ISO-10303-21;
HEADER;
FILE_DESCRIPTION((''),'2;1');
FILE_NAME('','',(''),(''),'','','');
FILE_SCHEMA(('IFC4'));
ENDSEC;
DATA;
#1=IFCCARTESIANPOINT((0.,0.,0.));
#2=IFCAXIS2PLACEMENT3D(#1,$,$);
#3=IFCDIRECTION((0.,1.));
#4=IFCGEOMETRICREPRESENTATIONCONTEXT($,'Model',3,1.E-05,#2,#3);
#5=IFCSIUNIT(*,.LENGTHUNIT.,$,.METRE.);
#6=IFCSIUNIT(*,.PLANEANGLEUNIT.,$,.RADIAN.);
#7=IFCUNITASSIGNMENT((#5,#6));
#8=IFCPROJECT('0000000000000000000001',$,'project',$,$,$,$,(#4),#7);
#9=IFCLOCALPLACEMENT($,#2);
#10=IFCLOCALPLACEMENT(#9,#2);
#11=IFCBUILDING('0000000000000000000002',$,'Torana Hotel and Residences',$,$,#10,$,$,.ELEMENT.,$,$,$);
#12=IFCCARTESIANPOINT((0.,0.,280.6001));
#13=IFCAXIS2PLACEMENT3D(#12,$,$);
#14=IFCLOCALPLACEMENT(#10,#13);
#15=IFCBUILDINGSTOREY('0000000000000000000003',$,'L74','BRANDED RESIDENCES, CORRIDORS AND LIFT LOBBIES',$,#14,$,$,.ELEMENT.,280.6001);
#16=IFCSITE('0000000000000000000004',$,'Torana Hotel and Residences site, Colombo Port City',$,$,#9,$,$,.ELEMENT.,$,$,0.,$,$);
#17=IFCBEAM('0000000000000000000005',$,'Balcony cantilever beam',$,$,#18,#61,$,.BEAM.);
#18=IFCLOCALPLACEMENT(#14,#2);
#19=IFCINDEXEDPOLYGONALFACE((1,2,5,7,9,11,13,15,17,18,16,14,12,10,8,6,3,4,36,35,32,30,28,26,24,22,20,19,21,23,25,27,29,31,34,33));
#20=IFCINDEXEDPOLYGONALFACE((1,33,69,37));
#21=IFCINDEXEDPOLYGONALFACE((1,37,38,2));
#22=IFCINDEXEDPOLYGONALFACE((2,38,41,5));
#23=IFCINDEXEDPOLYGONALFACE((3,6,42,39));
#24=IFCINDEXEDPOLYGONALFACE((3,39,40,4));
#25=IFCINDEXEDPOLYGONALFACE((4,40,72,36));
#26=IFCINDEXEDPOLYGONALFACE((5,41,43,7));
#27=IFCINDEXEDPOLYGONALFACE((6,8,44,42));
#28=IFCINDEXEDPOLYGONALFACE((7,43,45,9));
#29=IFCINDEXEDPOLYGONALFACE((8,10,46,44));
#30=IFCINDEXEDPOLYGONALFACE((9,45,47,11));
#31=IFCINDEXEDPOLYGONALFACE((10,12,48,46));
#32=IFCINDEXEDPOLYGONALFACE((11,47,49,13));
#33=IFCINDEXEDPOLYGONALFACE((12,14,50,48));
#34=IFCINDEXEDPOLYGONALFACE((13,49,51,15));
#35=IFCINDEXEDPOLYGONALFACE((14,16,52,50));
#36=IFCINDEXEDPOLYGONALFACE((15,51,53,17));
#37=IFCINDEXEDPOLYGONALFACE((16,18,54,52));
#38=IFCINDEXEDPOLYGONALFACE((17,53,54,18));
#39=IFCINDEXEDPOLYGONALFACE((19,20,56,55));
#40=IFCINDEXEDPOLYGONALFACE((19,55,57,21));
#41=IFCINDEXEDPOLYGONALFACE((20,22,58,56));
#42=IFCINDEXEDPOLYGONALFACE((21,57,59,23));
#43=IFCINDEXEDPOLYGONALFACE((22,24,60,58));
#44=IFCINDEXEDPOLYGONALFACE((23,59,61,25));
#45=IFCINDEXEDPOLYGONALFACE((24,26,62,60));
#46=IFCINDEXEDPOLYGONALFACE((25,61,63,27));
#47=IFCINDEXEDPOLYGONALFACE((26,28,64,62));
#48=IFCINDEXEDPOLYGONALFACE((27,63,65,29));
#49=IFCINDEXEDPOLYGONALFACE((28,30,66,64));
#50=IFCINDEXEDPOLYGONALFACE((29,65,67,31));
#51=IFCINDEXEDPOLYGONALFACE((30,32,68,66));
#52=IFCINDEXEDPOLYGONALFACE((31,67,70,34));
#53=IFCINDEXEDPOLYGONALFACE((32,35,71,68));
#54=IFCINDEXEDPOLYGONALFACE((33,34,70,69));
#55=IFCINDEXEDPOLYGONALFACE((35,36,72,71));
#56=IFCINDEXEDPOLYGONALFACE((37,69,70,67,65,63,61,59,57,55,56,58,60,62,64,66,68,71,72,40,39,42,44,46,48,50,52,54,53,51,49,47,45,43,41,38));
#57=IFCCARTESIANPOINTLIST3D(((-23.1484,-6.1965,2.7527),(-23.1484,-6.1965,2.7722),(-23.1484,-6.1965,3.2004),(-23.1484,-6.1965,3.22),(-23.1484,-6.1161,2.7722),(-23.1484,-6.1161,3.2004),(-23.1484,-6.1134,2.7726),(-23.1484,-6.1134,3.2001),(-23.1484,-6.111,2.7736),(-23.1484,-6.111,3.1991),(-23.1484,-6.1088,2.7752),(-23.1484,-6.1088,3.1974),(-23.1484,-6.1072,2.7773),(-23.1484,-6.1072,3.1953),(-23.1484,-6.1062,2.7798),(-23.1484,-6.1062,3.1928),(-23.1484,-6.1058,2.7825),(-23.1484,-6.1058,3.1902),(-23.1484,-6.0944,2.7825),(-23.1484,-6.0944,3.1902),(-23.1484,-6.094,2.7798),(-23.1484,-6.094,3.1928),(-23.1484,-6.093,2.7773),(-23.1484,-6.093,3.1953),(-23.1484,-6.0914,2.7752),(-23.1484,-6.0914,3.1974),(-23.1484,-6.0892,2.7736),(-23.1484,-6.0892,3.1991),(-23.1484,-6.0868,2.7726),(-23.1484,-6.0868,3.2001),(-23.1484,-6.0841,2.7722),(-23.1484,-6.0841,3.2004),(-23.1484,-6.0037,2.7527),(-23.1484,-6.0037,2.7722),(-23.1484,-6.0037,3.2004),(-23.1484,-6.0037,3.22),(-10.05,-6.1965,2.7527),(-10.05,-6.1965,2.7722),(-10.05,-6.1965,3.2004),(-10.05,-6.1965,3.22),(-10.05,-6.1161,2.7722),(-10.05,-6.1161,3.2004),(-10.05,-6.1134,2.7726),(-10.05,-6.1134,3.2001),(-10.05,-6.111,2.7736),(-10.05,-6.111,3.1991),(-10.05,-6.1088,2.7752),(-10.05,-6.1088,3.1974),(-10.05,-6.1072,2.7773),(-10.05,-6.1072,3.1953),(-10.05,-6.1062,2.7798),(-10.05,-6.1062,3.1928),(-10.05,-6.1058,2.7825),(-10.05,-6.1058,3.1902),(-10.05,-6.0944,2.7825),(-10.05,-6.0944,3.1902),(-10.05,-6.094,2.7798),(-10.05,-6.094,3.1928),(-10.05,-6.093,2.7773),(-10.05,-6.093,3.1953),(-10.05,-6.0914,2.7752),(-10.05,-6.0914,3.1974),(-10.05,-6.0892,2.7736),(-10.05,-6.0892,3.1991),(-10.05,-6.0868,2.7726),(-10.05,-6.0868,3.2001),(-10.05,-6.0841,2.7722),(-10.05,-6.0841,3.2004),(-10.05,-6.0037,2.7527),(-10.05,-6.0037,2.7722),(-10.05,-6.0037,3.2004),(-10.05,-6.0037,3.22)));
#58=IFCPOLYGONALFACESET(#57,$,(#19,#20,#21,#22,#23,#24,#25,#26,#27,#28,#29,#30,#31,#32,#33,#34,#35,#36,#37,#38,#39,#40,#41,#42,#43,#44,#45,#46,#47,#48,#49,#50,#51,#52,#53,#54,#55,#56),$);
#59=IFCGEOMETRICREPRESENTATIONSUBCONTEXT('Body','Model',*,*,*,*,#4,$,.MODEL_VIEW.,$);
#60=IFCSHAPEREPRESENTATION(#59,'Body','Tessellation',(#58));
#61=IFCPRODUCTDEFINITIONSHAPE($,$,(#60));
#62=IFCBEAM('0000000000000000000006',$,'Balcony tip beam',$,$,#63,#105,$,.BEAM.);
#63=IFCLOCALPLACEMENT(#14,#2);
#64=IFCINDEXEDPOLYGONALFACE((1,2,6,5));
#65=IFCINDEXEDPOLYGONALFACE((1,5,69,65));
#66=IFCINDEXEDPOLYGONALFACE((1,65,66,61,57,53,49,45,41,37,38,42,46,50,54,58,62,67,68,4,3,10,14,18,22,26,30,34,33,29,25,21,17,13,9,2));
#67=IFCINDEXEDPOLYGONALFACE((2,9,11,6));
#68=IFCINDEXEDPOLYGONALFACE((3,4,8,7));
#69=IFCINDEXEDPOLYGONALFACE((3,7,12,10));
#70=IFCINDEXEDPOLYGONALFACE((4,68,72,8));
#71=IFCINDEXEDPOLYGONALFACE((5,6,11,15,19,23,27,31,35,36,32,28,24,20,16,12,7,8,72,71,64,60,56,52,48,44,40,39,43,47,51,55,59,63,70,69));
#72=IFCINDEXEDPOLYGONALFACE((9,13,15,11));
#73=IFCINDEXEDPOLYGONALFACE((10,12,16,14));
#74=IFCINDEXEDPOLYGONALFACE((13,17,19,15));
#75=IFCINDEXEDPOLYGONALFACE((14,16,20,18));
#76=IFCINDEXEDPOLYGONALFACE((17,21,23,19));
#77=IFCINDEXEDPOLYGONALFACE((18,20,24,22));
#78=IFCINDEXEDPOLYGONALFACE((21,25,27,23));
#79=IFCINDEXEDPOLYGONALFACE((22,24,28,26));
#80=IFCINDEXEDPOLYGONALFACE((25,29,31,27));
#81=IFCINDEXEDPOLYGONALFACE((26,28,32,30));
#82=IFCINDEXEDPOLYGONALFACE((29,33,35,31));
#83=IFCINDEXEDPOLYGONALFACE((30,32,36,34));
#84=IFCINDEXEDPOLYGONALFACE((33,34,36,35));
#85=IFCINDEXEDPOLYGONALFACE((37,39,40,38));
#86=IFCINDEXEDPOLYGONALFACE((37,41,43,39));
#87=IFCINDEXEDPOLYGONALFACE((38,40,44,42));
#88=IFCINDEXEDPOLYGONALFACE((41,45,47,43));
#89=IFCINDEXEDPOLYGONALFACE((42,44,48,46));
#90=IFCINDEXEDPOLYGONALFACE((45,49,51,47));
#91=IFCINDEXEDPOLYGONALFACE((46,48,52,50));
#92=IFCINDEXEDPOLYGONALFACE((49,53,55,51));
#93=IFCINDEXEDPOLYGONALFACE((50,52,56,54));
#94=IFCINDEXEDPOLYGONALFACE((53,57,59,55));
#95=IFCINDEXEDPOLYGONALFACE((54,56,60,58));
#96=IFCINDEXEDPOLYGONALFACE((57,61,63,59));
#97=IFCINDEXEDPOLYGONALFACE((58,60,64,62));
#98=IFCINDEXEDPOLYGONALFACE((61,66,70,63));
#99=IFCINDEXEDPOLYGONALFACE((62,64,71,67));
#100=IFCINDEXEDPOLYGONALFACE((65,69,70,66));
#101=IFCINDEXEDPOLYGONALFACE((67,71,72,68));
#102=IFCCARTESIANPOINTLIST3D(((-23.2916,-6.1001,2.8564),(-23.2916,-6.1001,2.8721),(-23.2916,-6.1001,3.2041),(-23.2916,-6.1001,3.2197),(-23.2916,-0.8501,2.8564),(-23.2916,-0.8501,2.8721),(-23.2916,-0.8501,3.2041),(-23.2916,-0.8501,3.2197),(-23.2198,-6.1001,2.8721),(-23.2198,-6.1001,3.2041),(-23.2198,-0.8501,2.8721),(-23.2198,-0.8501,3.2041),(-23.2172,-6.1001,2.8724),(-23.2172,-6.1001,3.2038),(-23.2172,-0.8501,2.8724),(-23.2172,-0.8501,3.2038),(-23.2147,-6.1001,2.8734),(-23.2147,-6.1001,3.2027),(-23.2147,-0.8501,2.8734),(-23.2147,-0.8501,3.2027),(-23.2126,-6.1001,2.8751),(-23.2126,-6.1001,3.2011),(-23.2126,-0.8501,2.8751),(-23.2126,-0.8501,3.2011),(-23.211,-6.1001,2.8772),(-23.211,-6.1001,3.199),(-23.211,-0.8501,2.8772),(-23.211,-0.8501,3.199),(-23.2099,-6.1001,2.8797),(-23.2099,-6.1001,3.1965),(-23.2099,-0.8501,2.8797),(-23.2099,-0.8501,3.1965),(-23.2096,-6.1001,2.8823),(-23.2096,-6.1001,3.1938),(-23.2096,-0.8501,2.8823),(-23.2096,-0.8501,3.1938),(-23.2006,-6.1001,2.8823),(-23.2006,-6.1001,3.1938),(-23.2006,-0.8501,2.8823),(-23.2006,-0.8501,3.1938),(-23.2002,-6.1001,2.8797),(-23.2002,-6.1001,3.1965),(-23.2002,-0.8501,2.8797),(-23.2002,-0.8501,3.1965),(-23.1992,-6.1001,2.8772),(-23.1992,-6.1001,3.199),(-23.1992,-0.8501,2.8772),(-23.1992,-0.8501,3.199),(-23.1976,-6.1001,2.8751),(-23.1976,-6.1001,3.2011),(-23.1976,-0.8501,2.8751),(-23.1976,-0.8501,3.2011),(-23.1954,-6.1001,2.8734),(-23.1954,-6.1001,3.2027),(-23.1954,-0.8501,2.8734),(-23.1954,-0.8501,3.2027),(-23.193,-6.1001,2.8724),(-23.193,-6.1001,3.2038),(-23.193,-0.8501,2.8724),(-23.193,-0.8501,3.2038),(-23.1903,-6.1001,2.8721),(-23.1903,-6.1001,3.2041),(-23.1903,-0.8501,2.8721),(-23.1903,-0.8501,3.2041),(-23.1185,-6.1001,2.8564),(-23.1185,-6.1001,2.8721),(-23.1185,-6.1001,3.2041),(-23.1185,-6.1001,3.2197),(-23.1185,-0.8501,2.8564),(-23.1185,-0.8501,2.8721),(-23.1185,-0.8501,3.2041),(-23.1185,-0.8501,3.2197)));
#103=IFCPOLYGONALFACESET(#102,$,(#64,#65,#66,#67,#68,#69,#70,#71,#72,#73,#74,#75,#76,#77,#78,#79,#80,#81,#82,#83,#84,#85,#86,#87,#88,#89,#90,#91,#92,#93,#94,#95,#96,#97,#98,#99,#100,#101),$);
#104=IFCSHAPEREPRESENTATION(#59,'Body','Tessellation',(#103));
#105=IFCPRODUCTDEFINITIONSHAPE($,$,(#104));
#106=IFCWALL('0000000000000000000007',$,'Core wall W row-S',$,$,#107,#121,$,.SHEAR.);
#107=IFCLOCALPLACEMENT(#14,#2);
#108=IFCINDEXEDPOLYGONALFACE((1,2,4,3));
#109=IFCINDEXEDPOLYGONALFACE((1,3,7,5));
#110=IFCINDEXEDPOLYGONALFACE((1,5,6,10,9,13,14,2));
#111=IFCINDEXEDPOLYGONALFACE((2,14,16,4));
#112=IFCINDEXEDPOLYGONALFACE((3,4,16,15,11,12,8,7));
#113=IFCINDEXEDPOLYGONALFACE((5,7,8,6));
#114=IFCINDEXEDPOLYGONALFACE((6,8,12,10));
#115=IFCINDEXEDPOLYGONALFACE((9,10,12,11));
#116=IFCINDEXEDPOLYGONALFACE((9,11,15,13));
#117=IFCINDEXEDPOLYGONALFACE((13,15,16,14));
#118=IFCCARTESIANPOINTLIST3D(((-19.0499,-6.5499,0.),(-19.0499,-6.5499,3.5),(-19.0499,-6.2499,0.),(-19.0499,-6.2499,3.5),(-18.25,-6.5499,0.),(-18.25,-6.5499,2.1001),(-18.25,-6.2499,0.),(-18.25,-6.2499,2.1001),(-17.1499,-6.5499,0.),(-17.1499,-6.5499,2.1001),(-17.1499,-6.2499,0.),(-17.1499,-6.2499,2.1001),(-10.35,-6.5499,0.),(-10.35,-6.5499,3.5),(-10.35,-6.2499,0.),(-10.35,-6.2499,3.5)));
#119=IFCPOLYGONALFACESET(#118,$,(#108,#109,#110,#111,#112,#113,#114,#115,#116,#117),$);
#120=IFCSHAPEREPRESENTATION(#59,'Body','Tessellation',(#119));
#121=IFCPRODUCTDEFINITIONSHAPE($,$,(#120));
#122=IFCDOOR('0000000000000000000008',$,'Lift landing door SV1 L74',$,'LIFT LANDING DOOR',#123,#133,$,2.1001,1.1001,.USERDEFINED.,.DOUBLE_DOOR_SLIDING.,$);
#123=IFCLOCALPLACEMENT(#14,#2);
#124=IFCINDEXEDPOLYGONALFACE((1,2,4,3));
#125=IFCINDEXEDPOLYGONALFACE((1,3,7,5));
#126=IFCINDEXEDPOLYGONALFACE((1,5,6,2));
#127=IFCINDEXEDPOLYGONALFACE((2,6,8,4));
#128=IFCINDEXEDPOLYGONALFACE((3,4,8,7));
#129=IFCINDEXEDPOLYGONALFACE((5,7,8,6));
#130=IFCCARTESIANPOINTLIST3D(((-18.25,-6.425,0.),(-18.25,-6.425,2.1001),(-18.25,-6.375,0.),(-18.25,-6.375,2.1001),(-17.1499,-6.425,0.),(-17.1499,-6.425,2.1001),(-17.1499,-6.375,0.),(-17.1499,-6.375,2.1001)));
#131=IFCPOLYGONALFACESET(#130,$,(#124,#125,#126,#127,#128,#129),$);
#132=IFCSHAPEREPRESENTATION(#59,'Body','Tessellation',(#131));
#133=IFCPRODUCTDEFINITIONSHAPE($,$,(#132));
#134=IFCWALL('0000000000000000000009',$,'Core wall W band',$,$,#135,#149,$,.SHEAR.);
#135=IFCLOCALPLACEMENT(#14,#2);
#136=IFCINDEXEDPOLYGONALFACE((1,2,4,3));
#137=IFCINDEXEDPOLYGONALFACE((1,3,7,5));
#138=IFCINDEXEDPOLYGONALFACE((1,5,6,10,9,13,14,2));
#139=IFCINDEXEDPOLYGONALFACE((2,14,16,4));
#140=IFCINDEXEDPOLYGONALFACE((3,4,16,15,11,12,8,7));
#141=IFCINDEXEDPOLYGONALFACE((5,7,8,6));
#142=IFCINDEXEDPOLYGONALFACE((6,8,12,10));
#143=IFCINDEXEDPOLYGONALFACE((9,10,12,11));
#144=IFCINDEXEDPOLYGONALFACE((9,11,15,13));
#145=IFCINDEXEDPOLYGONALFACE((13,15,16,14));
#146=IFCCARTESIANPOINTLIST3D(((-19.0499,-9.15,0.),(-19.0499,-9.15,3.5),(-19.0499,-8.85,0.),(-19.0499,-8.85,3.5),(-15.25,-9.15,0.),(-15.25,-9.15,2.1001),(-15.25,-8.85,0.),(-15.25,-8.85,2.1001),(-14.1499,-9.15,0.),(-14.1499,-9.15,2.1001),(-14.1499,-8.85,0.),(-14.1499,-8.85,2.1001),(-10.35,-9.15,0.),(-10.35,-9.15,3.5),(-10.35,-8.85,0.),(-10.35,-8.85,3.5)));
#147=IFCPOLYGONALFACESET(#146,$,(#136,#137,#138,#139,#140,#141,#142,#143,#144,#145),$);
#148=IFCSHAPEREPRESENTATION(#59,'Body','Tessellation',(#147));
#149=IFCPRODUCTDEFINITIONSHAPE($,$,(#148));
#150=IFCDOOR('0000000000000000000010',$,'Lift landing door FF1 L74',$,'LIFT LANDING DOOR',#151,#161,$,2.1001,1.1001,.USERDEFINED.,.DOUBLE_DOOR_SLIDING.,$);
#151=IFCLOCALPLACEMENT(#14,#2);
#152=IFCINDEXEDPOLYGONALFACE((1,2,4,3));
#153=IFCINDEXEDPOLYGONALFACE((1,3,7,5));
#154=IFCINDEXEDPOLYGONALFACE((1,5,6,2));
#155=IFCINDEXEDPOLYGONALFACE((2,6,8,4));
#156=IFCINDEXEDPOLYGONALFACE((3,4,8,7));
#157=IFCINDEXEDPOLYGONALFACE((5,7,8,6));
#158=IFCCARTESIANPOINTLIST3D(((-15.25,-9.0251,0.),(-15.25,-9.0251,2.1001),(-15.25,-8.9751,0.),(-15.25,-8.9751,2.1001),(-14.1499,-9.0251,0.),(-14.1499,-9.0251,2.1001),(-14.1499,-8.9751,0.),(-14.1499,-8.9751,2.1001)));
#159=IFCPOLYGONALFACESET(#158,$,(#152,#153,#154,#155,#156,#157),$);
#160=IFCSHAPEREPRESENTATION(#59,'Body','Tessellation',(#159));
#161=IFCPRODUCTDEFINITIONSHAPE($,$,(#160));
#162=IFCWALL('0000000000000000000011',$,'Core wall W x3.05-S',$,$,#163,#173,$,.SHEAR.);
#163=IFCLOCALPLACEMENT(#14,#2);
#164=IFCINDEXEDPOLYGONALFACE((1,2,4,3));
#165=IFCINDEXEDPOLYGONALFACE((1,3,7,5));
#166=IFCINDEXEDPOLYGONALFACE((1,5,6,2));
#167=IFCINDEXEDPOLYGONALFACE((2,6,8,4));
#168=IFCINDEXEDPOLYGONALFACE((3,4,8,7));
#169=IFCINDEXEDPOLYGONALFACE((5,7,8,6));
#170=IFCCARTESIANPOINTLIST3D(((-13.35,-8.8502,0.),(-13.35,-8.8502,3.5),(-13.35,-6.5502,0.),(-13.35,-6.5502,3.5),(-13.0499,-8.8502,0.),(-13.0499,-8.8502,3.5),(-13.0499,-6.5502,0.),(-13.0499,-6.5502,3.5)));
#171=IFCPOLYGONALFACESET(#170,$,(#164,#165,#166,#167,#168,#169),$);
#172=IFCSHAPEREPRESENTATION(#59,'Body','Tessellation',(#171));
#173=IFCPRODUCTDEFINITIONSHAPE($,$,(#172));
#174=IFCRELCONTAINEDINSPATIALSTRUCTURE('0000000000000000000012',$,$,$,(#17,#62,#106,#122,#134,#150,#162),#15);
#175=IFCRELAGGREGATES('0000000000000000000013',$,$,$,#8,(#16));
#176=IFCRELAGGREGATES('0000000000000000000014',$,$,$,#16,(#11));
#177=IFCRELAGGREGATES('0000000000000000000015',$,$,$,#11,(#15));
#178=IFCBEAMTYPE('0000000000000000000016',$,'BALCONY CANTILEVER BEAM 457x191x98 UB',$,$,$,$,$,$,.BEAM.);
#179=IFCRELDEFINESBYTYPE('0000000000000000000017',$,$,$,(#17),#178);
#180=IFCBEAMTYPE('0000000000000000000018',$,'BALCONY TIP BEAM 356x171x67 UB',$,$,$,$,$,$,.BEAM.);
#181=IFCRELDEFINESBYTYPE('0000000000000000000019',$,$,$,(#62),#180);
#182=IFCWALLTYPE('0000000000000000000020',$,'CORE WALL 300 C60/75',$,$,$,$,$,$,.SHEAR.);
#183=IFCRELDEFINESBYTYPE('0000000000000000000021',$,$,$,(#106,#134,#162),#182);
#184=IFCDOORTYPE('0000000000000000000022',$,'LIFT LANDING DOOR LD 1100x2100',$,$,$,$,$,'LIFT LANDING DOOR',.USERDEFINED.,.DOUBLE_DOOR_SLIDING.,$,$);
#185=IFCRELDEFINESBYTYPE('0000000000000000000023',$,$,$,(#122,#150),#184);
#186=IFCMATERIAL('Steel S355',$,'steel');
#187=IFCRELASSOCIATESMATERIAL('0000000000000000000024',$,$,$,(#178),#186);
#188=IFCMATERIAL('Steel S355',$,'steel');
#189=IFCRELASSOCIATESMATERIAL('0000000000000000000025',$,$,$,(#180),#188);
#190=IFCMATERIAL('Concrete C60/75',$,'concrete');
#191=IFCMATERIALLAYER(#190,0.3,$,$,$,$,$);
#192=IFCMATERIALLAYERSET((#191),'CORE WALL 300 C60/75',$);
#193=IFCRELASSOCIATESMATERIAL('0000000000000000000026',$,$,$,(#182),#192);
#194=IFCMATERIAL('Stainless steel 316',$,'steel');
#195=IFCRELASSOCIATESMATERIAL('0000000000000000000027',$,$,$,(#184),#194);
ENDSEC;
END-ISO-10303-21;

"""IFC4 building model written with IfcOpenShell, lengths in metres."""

from ifc_helpers import new_model, si_unit, direction, frame, frame_2d, origin, origin_2d, place, context, subcontext, project, spatial, rectangle, i_section, extrude, material, layer, layer_set, material_profile, profile_set, type_object, element, fill, save


model = new_model("IFC4")

# Units and contexts
model_context = context("Model", 3, precision=1e-05, world=origin(), true_north=direction((0.0, 1.0)))
body_context = subcontext(model_context, "Body", "Model", "MODEL_VIEW")
ifc_project = project(units=[si_unit("LENGTHUNIT", "METRE"), si_unit("PLANEANGLEUNIT", "RADIAN")], contexts=[model_context])

# Site, building, storey
site_placement = place(None, origin())
site = spatial("IfcSite", under=ifc_project, at=site_placement, Name="Torana Hotel and Residences site, Colombo Port City", CompositionType="ELEMENT", RefElevation=0.0)
building_placement = place(site_placement, origin())
building = spatial("IfcBuilding", under=site, at=building_placement, Name="Torana Hotel and Residences", CompositionType="ELEMENT")
storey_placement = place(building_placement, frame((0.0, 0.0, 280.6001)))
storey = spatial("IfcBuildingStorey", under=building, at=storey_placement, Name="L74", Description="BRANDED RESIDENCES, CORRIDORS AND LIFT LOBBIES", CompositionType="ELEMENT", Elevation=280.6001)

# Beams
ifc_material_1 = material(Name="Steel S355", Category="steel")
ifc_material_profile_1 = material_profile(ifc_material_1, i_section(OverallWidth=0.1929, OverallDepth=0.4673, WebThickness=0.0115, FlangeThickness=0.0195, FilletRadius=0.0103, at=origin_2d()), Name="457x191x98 UB")
ifc_profile_set_1 = profile_set([ifc_material_profile_1], Name="Steel S355")
beam_type_1 = type_object("IfcBeamType", Name="BALCONY CANTILEVER BEAM 457x191x98 UB", PredefinedType="BEAM", material=ifc_profile_set_1)
beam_1_placement = place(storey_placement, frame((-23.1484, -6.1001, 2.9863), z_axis=(1.0, 0.0, 0.0), x_axis=(0.0, 1.0, 0.0)))
element("IfcBeam", 1, at=beam_1_placement, inside=storey, type_object=beam_type_1, Name="Balcony cantilever beam", PredefinedType="BEAM", context=body_context, shape_type="SweptSolid", body=[
    extrude(i_section(OverallWidth=0.1929, OverallDepth=0.4673, WebThickness=0.0115, FlangeThickness=0.0195, FilletRadius=0.0103, at=origin_2d()), origin(), (0.0, 0.0, 1.0), 13.0984),
])
ifc_material_2 = material(Name="Steel S355", Category="steel")
ifc_material_profile_2 = material_profile(ifc_material_2, i_section(OverallWidth=0.1731, OverallDepth=0.3633, WebThickness=0.009, FlangeThickness=0.0156, FilletRadius=0.0103, at=origin_2d()), Name="356x171x67 UB")
ifc_profile_set_2 = profile_set([ifc_material_profile_2], Name="Steel S355")
beam_type_2 = type_object("IfcBeamType", Name="BALCONY TIP BEAM 356x171x67 UB", PredefinedType="BEAM", material=ifc_profile_set_2)
beam_2_placement = place(storey_placement, frame((-23.2051, -6.1001, 3.0381), z_axis=(0.0, 1.0, 0.0), x_axis=(-1.0, 0.0, 0.0)))
element("IfcBeam", 2, at=beam_2_placement, inside=storey, type_object=beam_type_2, Name="Balcony tip beam", PredefinedType="BEAM", context=body_context, shape_type="SweptSolid", body=[
    extrude(i_section(OverallWidth=0.1731, OverallDepth=0.3633, WebThickness=0.009, FlangeThickness=0.0156, FilletRadius=0.0103, at=origin_2d()), origin(), (0.0, 0.0, 1.0), 5.25),
])

# Walls, openings, doors
ifc_material_3 = material(Name="Concrete C60/75", Category="concrete")
ifc_layer_1 = layer(ifc_material_3, 0.3)
ifc_layer_set_1 = layer_set([ifc_layer_1], Name="CORE WALL 300 C60/75")
wall_type_1 = type_object("IfcWallType", Name="CORE WALL 300 C60/75", PredefinedType="SHEAR", material=ifc_layer_set_1)
wall_1_placement = place(storey_placement, frame((-19.05, -6.3999, 0.0), z_axis=(0.0, 0.0, 1.0), x_axis=(1.0, 0.0, 0.0)))
wall_1 = element("IfcWall", 3, at=wall_1_placement, inside=storey, type_object=wall_type_1, Name="Core wall W row-S", PredefinedType="SHEAR", context=body_context, shape_type="SweptSolid", body=[
    extrude(rectangle(XDim=8.7, YDim=0.3, at=frame_2d((4.3501, 0.0))), origin(), (0.0, 0.0, 1.0), 3.5),
])
opening_1_placement = place(wall_1_placement, frame((0.8, 0.0, 0.0)))
opening_1 = element("IfcOpeningElement", 4, at=opening_1_placement, cuts=wall_1, PredefinedType="OPENING", context=body_context, shape_type="SweptSolid", body=[
    extrude(rectangle(XDim=1.1001, YDim=2.1001, at=frame_2d((0.55, 1.05))), frame((0.0, 0.1599, 0.0), z_axis=(0.0, -1.0, 0.0), x_axis=(1.0, 0.0, 0.0)), (0.0, 0.0, 1.0), 0.3201),
])
ifc_material_4 = material(Name="Stainless steel 316", Category="steel")
door_type_1 = type_object("IfcDoorType", Name="LIFT LANDING DOOR LD 1100x2100", ElementType="LIFT LANDING DOOR", OperationType="DOUBLE_DOOR_SLIDING", PredefinedType="USERDEFINED", material=ifc_material_4)
door_1_placement = place(opening_1_placement, origin())
door_1 = element("IfcDoor", 5, at=door_1_placement, inside=storey, type_object=door_type_1, Name="Lift landing door SV1 L74", ObjectType="LIFT LANDING DOOR", OperationType="DOUBLE_DOOR_SLIDING", OverallHeight=2.1001, OverallWidth=1.1001, PredefinedType="USERDEFINED", context=body_context, shape_type="SweptSolid", body=[
    extrude(rectangle(XDim=1.1001, YDim=2.1001, at=frame_2d((0.55, 1.05))), frame((0.0, 0.0249, 0.0), z_axis=(0.0, -1.0, 0.0), x_axis=(1.0, 0.0, 0.0)), (0.0, 0.0, 1.0), 0.05),
])
fill(opening_1, door_1)
wall_2_placement = place(storey_placement, frame((-19.05, -9.0, 0.0), z_axis=(0.0, 0.0, 1.0), x_axis=(1.0, 0.0, 0.0)))
wall_2 = element("IfcWall", 6, at=wall_2_placement, inside=storey, type_object=wall_type_1, Name="Core wall W band", PredefinedType="SHEAR", context=body_context, shape_type="SweptSolid", body=[
    extrude(rectangle(XDim=8.7, YDim=0.3, at=frame_2d((4.3501, 0.0))), origin(), (0.0, 0.0, 1.0), 3.5),
])
opening_2_placement = place(wall_2_placement, frame((3.8, 0.0, 0.0)))
opening_2 = element("IfcOpeningElement", 7, at=opening_2_placement, cuts=wall_2, PredefinedType="OPENING", context=body_context, shape_type="SweptSolid", body=[
    extrude(rectangle(XDim=1.1001, YDim=2.1001, at=frame_2d((0.55, 1.05))), frame((0.0, 0.1599, 0.0), z_axis=(0.0, -1.0, 0.0), x_axis=(1.0, 0.0, 0.0)), (0.0, 0.0, 1.0), 0.3201),
])
door_2_placement = place(opening_2_placement, origin())
door_2 = element("IfcDoor", 8, at=door_2_placement, inside=storey, type_object=door_type_1, Name="Lift landing door FF1 L74", ObjectType="LIFT LANDING DOOR", OperationType="DOUBLE_DOOR_SLIDING", OverallHeight=2.1001, OverallWidth=1.1001, PredefinedType="USERDEFINED", context=body_context, shape_type="SweptSolid", body=[
    extrude(rectangle(XDim=1.1001, YDim=2.1001, at=frame_2d((0.55, 1.05))), frame((0.0, 0.0249, 0.0), z_axis=(0.0, -1.0, 0.0), x_axis=(1.0, 0.0, 0.0)), (0.0, 0.0, 1.0), 0.05),
])
fill(opening_2, door_2)

# Wall
wall_3_placement = place(storey_placement, frame((-13.2, -8.8501, 0.0), z_axis=(0.0, 0.0, 1.0), x_axis=(0.0, 1.0, 0.0)))
element("IfcWall", 9, at=wall_3_placement, inside=storey, type_object=wall_type_1, Name="Core wall W x3.05-S", PredefinedType="SHEAR", context=body_context, shape_type="SweptSolid", body=[
    extrude(rectangle(XDim=2.3, YDim=0.3, at=frame_2d((1.1499, 0.0))), origin(), (0.0, 0.0, 1.0), 3.5),
])

save(model, "model.ifc")
